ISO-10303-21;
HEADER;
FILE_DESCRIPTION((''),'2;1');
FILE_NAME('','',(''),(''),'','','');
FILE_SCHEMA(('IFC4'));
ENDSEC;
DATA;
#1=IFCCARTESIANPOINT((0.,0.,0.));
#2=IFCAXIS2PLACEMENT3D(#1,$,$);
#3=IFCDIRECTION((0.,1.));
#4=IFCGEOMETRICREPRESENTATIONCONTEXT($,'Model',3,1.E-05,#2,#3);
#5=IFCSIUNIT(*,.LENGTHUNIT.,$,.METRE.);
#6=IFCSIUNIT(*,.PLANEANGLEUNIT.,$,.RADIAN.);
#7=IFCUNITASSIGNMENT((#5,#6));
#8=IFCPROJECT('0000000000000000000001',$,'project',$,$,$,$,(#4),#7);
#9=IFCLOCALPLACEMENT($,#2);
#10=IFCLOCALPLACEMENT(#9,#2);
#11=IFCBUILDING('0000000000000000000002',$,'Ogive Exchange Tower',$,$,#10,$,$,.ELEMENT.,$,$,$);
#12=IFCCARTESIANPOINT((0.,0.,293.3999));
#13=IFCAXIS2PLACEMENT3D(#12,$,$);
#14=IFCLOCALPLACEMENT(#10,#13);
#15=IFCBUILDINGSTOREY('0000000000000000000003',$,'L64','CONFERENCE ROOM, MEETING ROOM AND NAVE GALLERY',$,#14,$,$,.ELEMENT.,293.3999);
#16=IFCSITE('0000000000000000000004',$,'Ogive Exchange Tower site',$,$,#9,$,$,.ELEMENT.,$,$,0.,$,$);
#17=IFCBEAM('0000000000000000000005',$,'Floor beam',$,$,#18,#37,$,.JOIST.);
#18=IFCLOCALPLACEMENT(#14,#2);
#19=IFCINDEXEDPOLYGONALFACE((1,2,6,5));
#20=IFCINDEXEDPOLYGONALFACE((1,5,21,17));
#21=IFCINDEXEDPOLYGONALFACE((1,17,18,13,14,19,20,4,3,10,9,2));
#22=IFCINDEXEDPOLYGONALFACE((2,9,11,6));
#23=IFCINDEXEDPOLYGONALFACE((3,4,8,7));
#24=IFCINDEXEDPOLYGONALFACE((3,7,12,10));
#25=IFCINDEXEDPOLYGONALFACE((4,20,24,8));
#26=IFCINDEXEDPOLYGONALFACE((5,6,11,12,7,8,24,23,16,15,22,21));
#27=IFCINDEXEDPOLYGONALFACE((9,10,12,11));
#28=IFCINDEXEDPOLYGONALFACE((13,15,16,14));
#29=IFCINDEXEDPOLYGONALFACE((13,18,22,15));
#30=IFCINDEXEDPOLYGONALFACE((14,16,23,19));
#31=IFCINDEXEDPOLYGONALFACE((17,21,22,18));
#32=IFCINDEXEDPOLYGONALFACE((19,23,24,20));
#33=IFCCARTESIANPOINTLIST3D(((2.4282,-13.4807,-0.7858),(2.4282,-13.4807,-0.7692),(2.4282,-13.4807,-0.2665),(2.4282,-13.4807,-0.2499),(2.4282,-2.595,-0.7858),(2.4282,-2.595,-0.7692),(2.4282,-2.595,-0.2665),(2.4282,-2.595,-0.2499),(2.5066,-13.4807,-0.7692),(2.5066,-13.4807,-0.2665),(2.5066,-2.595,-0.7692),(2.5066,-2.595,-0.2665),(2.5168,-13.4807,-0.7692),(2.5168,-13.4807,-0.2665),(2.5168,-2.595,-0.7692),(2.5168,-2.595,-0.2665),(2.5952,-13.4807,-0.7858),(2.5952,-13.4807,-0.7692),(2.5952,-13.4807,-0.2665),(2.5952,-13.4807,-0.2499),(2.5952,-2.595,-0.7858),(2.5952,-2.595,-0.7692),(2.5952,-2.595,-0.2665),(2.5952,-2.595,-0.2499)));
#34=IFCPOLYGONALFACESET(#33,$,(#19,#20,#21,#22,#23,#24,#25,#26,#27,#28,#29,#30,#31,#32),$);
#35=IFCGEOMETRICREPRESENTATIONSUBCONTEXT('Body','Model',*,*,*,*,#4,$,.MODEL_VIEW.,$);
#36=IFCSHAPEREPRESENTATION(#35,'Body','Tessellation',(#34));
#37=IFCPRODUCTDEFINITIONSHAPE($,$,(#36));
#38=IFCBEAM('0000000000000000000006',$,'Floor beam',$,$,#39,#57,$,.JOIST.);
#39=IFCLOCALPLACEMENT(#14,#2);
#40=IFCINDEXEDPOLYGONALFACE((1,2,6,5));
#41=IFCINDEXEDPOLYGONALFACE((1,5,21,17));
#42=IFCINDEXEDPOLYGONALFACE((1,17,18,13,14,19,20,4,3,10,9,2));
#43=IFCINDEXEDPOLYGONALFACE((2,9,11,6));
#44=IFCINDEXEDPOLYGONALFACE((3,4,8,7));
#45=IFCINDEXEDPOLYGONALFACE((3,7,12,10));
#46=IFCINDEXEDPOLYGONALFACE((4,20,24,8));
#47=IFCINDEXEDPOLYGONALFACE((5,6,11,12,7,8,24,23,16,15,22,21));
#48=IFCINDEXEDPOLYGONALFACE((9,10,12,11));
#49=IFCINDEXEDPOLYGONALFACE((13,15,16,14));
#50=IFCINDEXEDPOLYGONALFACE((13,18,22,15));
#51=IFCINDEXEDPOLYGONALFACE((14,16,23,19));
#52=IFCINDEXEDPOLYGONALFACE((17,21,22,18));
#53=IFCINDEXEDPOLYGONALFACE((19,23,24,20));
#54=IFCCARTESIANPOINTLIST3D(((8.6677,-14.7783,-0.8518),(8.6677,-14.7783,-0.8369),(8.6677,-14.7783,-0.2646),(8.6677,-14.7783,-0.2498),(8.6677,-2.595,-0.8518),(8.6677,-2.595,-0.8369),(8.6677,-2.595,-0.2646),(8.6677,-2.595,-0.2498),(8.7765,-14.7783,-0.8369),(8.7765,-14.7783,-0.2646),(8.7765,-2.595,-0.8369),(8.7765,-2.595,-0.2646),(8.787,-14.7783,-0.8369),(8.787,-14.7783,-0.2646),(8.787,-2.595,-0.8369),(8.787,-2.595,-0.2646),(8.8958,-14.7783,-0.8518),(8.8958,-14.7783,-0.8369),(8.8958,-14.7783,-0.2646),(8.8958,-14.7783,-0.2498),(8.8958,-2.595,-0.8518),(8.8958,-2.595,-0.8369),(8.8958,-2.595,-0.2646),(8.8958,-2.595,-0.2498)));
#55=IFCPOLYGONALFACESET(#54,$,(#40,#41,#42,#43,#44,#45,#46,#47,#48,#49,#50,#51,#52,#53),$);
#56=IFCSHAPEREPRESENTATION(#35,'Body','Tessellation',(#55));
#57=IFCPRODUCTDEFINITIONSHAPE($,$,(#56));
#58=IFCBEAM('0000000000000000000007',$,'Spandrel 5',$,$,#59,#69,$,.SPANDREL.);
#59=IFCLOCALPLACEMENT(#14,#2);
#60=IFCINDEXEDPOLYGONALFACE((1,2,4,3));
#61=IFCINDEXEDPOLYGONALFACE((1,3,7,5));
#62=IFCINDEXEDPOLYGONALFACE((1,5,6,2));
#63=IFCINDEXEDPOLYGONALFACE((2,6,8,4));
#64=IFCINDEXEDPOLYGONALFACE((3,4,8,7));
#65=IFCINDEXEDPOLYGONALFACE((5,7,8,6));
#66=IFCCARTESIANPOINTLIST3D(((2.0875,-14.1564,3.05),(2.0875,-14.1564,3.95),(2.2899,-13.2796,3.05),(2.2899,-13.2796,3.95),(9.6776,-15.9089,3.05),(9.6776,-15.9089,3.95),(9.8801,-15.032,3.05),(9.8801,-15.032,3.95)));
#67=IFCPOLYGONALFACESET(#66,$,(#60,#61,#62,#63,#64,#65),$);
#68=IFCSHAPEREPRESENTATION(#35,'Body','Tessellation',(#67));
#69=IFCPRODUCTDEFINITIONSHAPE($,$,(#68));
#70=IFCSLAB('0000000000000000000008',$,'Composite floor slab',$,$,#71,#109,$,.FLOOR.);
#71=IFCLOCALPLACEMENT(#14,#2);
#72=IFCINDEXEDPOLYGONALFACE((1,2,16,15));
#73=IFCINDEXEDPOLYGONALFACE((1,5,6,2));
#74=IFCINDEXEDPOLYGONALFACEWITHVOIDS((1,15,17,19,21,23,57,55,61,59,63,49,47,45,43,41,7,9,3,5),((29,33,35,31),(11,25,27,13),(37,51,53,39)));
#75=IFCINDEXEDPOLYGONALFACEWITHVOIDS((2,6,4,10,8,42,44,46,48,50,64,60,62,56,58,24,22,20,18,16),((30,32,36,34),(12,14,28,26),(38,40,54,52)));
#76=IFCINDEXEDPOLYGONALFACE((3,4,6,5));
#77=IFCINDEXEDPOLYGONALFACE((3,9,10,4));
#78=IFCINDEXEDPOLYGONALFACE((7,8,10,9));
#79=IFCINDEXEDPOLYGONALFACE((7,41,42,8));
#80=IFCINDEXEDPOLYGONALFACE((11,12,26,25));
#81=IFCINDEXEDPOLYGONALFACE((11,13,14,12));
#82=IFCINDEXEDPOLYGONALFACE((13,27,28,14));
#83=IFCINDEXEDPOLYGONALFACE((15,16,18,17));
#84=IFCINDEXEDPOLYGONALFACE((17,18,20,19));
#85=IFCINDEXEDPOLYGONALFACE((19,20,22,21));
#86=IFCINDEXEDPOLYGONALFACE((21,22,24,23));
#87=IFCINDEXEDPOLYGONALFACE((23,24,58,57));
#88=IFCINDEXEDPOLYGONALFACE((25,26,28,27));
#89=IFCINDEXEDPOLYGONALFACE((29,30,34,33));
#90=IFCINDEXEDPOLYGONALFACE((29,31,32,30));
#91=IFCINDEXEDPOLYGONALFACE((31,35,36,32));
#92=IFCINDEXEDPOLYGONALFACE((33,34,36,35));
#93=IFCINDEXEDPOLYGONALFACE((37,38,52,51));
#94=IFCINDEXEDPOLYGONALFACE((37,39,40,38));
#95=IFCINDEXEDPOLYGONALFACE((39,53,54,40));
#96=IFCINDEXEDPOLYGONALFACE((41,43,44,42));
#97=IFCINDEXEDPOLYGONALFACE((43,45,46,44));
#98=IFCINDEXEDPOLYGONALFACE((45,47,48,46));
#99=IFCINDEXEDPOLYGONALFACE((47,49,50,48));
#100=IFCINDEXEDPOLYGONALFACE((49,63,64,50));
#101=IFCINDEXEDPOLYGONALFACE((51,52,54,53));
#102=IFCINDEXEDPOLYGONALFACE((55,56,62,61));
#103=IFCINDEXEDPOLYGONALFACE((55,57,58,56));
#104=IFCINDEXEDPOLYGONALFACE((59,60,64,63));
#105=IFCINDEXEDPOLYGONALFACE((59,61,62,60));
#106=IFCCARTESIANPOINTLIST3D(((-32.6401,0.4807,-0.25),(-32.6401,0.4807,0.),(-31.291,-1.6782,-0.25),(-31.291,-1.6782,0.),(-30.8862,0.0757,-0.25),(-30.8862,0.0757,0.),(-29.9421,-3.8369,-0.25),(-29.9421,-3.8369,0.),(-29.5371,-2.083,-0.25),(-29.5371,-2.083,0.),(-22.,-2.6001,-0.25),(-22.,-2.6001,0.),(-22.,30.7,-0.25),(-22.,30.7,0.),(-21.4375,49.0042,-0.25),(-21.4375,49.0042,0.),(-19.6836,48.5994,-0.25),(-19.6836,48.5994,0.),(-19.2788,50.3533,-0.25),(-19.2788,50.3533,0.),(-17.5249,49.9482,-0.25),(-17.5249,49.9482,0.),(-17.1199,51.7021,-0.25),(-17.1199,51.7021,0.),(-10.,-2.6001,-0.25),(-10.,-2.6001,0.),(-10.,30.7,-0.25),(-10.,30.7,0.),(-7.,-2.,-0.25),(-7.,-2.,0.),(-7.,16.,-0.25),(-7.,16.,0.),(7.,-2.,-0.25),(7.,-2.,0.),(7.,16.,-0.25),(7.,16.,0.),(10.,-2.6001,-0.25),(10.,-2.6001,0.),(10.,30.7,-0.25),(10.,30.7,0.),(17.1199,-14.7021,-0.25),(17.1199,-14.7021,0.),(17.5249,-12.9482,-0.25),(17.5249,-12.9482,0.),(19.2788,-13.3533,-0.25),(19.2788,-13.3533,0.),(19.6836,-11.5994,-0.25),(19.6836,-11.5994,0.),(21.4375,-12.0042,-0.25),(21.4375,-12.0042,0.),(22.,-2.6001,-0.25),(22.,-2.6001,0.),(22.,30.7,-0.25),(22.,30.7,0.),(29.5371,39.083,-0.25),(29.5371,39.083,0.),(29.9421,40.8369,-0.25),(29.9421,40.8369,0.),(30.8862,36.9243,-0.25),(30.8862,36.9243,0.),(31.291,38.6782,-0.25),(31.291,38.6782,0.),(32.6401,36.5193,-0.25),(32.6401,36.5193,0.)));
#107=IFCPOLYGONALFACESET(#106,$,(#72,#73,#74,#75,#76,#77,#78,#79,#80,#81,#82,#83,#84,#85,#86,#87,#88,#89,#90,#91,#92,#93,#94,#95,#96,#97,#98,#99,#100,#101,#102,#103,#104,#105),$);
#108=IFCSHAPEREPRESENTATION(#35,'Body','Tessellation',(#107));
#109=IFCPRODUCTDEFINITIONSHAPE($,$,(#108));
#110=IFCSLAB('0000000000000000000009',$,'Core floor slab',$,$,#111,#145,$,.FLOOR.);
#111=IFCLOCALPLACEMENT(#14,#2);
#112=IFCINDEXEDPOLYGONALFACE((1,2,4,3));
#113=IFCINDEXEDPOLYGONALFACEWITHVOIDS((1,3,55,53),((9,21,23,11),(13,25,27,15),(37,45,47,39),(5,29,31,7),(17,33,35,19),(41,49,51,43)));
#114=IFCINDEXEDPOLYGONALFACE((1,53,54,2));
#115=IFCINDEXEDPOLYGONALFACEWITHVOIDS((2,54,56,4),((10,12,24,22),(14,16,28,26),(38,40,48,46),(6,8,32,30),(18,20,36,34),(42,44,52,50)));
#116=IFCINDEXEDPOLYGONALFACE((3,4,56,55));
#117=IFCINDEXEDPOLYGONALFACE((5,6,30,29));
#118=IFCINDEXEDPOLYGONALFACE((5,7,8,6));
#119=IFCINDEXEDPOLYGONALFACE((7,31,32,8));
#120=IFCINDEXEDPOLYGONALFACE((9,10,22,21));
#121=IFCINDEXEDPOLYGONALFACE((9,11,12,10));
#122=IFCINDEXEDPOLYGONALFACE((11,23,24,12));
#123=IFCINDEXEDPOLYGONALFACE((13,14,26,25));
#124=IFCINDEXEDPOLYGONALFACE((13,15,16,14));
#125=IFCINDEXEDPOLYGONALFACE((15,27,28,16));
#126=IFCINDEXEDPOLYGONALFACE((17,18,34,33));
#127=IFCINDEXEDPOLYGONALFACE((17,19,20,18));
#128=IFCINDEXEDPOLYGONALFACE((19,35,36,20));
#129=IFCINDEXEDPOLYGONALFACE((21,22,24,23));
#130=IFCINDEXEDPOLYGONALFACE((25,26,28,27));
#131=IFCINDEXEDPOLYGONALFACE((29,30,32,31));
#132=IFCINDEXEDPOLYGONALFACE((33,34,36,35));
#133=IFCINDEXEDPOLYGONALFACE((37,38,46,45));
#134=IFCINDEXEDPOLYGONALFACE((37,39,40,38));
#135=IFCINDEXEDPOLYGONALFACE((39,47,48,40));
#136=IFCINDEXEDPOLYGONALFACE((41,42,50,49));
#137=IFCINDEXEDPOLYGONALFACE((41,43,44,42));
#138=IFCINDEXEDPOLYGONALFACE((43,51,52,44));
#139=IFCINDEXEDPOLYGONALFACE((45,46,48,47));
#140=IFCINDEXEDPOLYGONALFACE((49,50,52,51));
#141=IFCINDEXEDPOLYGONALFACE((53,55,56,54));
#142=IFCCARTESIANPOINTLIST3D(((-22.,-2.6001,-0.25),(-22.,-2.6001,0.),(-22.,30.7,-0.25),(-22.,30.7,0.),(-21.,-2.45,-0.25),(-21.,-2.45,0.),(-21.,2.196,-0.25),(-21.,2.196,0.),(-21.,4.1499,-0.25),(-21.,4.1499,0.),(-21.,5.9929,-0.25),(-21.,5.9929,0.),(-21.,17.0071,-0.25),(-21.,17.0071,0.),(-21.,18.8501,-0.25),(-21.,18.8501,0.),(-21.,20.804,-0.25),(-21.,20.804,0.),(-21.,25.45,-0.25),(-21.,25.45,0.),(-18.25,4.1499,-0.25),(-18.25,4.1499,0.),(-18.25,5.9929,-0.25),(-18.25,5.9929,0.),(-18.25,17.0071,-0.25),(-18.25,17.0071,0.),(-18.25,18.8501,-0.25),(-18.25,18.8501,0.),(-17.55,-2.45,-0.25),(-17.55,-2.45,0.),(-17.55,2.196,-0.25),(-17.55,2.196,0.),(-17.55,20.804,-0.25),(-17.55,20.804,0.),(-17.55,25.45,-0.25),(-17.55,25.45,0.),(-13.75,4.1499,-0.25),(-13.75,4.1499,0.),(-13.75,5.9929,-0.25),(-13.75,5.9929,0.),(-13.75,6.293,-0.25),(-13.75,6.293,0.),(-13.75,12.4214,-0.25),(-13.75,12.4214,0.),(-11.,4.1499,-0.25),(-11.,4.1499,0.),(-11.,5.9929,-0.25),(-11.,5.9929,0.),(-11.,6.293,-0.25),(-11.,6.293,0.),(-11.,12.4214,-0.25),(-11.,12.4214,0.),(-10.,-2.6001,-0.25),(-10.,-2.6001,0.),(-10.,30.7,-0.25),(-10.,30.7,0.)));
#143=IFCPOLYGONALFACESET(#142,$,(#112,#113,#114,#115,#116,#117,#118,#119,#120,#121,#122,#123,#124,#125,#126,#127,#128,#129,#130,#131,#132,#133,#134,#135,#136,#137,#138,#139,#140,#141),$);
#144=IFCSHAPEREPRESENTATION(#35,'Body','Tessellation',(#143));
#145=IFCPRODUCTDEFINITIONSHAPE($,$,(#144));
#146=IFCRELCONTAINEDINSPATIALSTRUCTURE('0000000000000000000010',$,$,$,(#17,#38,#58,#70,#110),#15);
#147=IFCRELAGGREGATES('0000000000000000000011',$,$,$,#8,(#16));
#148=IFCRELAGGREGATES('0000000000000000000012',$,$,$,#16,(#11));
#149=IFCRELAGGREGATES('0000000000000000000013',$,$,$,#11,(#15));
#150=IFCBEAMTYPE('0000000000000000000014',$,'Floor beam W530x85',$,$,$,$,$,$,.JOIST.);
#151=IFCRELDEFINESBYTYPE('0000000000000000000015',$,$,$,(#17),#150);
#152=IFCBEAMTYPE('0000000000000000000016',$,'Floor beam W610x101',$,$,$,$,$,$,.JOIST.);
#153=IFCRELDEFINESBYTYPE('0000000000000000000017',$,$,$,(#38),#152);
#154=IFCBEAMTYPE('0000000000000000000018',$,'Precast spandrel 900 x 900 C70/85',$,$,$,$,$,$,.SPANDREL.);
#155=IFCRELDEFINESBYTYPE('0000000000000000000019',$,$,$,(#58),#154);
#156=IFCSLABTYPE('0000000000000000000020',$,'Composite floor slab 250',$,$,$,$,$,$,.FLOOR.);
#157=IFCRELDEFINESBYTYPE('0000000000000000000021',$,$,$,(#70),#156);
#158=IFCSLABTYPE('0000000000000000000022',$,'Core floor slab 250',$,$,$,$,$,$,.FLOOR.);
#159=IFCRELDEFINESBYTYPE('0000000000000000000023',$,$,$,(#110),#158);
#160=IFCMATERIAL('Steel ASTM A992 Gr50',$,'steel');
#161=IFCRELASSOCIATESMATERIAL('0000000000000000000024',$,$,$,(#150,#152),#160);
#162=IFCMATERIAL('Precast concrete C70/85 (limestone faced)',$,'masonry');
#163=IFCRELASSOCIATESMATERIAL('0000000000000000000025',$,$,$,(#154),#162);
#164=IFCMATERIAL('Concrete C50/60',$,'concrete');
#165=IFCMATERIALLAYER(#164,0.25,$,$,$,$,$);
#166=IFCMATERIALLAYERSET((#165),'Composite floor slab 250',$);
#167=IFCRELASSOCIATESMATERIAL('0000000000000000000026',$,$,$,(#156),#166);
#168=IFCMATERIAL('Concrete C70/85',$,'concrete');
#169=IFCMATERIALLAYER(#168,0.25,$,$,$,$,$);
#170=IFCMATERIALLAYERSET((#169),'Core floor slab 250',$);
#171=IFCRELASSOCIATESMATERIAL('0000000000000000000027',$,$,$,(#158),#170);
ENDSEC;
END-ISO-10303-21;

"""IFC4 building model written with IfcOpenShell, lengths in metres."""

from ifc_helpers import new_model, si_unit, direction, frame, origin, origin_2d, place, context, subcontext, project, spatial, polyline, rectangle, i_section, outline, extrude, material, layer, layer_set, material_profile, profile_set, type_object, element, save


model = new_model("IFC4")

# Units and contexts
model_context = context("Model", 3, precision=1e-05, world=origin(), true_north=direction((0.0, 1.0)))
body_context = subcontext(model_context, "Body", "Model", "MODEL_VIEW")
ifc_project = project(units=[si_unit("LENGTHUNIT", "METRE"), si_unit("PLANEANGLEUNIT", "RADIAN")], contexts=[model_context])

# Site, building, storey
site_placement = place(None, origin())
site = spatial("IfcSite", under=ifc_project, at=site_placement, Name="Ogive Exchange Tower site", CompositionType="ELEMENT", RefElevation=0.0)
building_placement = place(site_placement, origin())
building = spatial("IfcBuilding", under=site, at=building_placement, Name="Ogive Exchange Tower", CompositionType="ELEMENT")
storey_placement = place(building_placement, frame((0.0, 0.0, 293.3999)))
storey = spatial("IfcBuildingStorey", under=building, at=storey_placement, Name="L64", Description="CONFERENCE ROOM, MEETING ROOM AND NAVE GALLERY", CompositionType="ELEMENT", Elevation=293.3999)

# Shared definitions
ifc_material_1 = material(Name="Precast concrete C70/85 (limestone faced)", Category="masonry")

# Beams
ifc_material_2 = material(Name="Steel ASTM A992 Gr50", Category="steel")
ifc_material_profile_1 = material_profile(ifc_material_2, i_section(OverallWidth=0.167, OverallDepth=0.5359, WebThickness=0.0103, FlangeThickness=0.0166, at=origin_2d()), Name="W530x85")
ifc_profile_set_1 = profile_set([ifc_material_profile_1], Name="Steel ASTM A992 Gr50")
beam_type_1 = type_object("IfcBeamType", Name="Floor beam W530x85", PredefinedType="JOIST", material=ifc_profile_set_1)
beam_1_placement = place(storey_placement, frame((2.5117, -13.4807, -0.5178), z_axis=(0.0, 1.0, 0.0), x_axis=(-1.0, 0.0, 0.0)))
element("IfcBeam", 1, at=beam_1_placement, inside=storey, type_object=beam_type_1, Name="Floor beam", PredefinedType="JOIST", context=body_context, shape_type="SweptSolid", body=[
    extrude(i_section(OverallWidth=0.167, OverallDepth=0.5359, WebThickness=0.0103, FlangeThickness=0.0166, at=origin_2d()), origin(), (0.0, 0.0, 1.0), 10.8857),
])
ifc_material_profile_2 = material_profile(ifc_material_2, i_section(OverallWidth=0.228, OverallDepth=0.6021, WebThickness=0.0105, FlangeThickness=0.0149, at=origin_2d()), Name="W610x101")
ifc_profile_set_2 = profile_set([ifc_material_profile_2], Name="Steel ASTM A992 Gr50")
beam_type_2 = type_object("IfcBeamType", Name="Floor beam W610x101", PredefinedType="JOIST", material=ifc_profile_set_2)
beam_2_placement = place(storey_placement, frame((8.7817, -14.7783, -0.5508), z_axis=(0.0, 1.0, 0.0), x_axis=(-1.0, 0.0, 0.0)))
element("IfcBeam", 2, at=beam_2_placement, inside=storey, type_object=beam_type_2, Name="Floor beam", PredefinedType="JOIST", context=body_context, shape_type="SweptSolid", body=[
    extrude(i_section(OverallWidth=0.228, OverallDepth=0.6021, WebThickness=0.0105, FlangeThickness=0.0149, at=origin_2d()), origin(), (0.0, 0.0, 1.0), 12.1833),
])
ifc_material_profile_3 = material_profile(ifc_material_1, rectangle(XDim=0.8999, YDim=0.8999, at=origin_2d()), Name="900 x 900")
ifc_profile_set_3 = profile_set([ifc_material_profile_3], Name="Precast concrete C70/85 (limestone faced)")
beam_type_3 = type_object("IfcBeamType", Name="Precast spandrel 900 x 900 C70/85", PredefinedType="SPANDREL", material=ifc_profile_set_3)
beam_3_placement = place(storey_placement, frame((2.1887, -13.718, 3.5), z_axis=(0.974366, -0.224967, 0.0), x_axis=(0.224967, 0.974366, 0.0)))
element("IfcBeam", 3, at=beam_3_placement, inside=storey, type_object=beam_type_3, Name="Spandrel 5", PredefinedType="SPANDREL", context=body_context, shape_type="SweptSolid", body=[
    extrude(rectangle(XDim=0.8999, YDim=0.8999, at=origin_2d()), origin(), (0.0, 0.0, 1.0), 7.7898),
])

# Slabs
ifc_material_3 = material(Name="Concrete C50/60", Category="concrete")
ifc_layer_1 = layer(ifc_material_3, 0.25)
ifc_layer_set_1 = layer_set([ifc_layer_1], Name="Composite floor slab 250")
slab_type_1 = type_object("IfcSlabType", Name="Composite floor slab 250", PredefinedType="FLOOR", material=ifc_layer_set_1)
slab_1_placement = place(storey_placement, frame((0.0, 0.0, -0.25)))
element("IfcSlab", 4, at=slab_1_placement, inside=storey, type_object=slab_type_1, Name="Composite floor slab", PredefinedType="FLOOR", context=body_context, shape_type="SweptSolid", body=[
    extrude(outline(polyline([(-29.5371, -2.083), (-31.291, -1.6782), (-30.8862, 0.0757), (-32.6401, 0.4807), (-21.4375, 49.0042), (-19.6836, 48.5994), (-19.2788, 50.3533), (-17.5249, 49.9482), (-17.1199, 51.7021), (29.9421, 40.8369), (29.5371, 39.083), (31.291, 38.6782), (30.8862, 36.9243), (32.6401, 36.5193), (21.4375, -12.0042), (19.6836, -11.5994), (19.2788, -13.3533), (17.5249, -12.9482), (17.1199, -14.7021), (-29.9421, -3.8369), (-29.5371, -2.083)]), holes=[polyline([(7.0, -2.0), (7.0, 16.0), (-7.0, 16.0), (-7.0, -2.0), (7.0, -2.0)]), polyline([(-22.0, -2.6001), (-10.0, -2.6001), (-10.0, 30.7), (-22.0, 30.7), (-22.0, -2.6001)]), polyline([(10.0, -2.6001), (22.0, -2.6001), (22.0, 30.7), (10.0, 30.7), (10.0, -2.6001)])]), origin(), (0.0, 0.0, 1.0), 0.25),
])
ifc_material_4 = material(Name="Concrete C70/85", Category="concrete")
ifc_layer_2 = layer(ifc_material_4, 0.25)
ifc_layer_set_2 = layer_set([ifc_layer_2], Name="Core floor slab 250")
slab_type_2 = type_object("IfcSlabType", Name="Core floor slab 250", PredefinedType="FLOOR", material=ifc_layer_set_2)
slab_2_placement = place(storey_placement, frame((0.0, 0.0, -0.25)))
element("IfcSlab", 5, at=slab_2_placement, inside=storey, type_object=slab_type_2, Name="Core floor slab", PredefinedType="FLOOR", context=body_context, shape_type="SweptSolid", body=[
    extrude(outline(polyline([(-22.0, -2.6001), (-22.0, 30.7), (-10.0, 30.7), (-10.0, -2.6001), (-22.0, -2.6001)]), holes=[polyline([(-17.55, 2.196), (-21.0, 2.196), (-21.0, -2.45), (-17.55, -2.45), (-17.55, 2.196)]), polyline([(-18.25, 5.9929), (-21.0, 5.9929), (-21.0, 4.1499), (-18.25, 4.1499), (-18.25, 5.9929)]), polyline([(-11.0, 5.9929), (-13.75, 5.9929), (-13.75, 4.1499), (-11.0, 4.1499), (-11.0, 5.9929)]), polyline([(-13.75, 12.4214), (-13.75, 6.293), (-11.0, 6.293), (-11.0, 12.4214), (-13.75, 12.4214)]), polyline([(-18.25, 18.8501), (-21.0, 18.8501), (-21.0, 17.0071), (-18.25, 17.0071), (-18.25, 18.8501)]), polyline([(-21.0, 25.45), (-21.0, 20.804), (-17.55, 20.804), (-17.55, 25.45), (-21.0, 25.45)])]), origin(), (0.0, 0.0, 1.0), 0.25),
])

save(model, "model.ifc")
